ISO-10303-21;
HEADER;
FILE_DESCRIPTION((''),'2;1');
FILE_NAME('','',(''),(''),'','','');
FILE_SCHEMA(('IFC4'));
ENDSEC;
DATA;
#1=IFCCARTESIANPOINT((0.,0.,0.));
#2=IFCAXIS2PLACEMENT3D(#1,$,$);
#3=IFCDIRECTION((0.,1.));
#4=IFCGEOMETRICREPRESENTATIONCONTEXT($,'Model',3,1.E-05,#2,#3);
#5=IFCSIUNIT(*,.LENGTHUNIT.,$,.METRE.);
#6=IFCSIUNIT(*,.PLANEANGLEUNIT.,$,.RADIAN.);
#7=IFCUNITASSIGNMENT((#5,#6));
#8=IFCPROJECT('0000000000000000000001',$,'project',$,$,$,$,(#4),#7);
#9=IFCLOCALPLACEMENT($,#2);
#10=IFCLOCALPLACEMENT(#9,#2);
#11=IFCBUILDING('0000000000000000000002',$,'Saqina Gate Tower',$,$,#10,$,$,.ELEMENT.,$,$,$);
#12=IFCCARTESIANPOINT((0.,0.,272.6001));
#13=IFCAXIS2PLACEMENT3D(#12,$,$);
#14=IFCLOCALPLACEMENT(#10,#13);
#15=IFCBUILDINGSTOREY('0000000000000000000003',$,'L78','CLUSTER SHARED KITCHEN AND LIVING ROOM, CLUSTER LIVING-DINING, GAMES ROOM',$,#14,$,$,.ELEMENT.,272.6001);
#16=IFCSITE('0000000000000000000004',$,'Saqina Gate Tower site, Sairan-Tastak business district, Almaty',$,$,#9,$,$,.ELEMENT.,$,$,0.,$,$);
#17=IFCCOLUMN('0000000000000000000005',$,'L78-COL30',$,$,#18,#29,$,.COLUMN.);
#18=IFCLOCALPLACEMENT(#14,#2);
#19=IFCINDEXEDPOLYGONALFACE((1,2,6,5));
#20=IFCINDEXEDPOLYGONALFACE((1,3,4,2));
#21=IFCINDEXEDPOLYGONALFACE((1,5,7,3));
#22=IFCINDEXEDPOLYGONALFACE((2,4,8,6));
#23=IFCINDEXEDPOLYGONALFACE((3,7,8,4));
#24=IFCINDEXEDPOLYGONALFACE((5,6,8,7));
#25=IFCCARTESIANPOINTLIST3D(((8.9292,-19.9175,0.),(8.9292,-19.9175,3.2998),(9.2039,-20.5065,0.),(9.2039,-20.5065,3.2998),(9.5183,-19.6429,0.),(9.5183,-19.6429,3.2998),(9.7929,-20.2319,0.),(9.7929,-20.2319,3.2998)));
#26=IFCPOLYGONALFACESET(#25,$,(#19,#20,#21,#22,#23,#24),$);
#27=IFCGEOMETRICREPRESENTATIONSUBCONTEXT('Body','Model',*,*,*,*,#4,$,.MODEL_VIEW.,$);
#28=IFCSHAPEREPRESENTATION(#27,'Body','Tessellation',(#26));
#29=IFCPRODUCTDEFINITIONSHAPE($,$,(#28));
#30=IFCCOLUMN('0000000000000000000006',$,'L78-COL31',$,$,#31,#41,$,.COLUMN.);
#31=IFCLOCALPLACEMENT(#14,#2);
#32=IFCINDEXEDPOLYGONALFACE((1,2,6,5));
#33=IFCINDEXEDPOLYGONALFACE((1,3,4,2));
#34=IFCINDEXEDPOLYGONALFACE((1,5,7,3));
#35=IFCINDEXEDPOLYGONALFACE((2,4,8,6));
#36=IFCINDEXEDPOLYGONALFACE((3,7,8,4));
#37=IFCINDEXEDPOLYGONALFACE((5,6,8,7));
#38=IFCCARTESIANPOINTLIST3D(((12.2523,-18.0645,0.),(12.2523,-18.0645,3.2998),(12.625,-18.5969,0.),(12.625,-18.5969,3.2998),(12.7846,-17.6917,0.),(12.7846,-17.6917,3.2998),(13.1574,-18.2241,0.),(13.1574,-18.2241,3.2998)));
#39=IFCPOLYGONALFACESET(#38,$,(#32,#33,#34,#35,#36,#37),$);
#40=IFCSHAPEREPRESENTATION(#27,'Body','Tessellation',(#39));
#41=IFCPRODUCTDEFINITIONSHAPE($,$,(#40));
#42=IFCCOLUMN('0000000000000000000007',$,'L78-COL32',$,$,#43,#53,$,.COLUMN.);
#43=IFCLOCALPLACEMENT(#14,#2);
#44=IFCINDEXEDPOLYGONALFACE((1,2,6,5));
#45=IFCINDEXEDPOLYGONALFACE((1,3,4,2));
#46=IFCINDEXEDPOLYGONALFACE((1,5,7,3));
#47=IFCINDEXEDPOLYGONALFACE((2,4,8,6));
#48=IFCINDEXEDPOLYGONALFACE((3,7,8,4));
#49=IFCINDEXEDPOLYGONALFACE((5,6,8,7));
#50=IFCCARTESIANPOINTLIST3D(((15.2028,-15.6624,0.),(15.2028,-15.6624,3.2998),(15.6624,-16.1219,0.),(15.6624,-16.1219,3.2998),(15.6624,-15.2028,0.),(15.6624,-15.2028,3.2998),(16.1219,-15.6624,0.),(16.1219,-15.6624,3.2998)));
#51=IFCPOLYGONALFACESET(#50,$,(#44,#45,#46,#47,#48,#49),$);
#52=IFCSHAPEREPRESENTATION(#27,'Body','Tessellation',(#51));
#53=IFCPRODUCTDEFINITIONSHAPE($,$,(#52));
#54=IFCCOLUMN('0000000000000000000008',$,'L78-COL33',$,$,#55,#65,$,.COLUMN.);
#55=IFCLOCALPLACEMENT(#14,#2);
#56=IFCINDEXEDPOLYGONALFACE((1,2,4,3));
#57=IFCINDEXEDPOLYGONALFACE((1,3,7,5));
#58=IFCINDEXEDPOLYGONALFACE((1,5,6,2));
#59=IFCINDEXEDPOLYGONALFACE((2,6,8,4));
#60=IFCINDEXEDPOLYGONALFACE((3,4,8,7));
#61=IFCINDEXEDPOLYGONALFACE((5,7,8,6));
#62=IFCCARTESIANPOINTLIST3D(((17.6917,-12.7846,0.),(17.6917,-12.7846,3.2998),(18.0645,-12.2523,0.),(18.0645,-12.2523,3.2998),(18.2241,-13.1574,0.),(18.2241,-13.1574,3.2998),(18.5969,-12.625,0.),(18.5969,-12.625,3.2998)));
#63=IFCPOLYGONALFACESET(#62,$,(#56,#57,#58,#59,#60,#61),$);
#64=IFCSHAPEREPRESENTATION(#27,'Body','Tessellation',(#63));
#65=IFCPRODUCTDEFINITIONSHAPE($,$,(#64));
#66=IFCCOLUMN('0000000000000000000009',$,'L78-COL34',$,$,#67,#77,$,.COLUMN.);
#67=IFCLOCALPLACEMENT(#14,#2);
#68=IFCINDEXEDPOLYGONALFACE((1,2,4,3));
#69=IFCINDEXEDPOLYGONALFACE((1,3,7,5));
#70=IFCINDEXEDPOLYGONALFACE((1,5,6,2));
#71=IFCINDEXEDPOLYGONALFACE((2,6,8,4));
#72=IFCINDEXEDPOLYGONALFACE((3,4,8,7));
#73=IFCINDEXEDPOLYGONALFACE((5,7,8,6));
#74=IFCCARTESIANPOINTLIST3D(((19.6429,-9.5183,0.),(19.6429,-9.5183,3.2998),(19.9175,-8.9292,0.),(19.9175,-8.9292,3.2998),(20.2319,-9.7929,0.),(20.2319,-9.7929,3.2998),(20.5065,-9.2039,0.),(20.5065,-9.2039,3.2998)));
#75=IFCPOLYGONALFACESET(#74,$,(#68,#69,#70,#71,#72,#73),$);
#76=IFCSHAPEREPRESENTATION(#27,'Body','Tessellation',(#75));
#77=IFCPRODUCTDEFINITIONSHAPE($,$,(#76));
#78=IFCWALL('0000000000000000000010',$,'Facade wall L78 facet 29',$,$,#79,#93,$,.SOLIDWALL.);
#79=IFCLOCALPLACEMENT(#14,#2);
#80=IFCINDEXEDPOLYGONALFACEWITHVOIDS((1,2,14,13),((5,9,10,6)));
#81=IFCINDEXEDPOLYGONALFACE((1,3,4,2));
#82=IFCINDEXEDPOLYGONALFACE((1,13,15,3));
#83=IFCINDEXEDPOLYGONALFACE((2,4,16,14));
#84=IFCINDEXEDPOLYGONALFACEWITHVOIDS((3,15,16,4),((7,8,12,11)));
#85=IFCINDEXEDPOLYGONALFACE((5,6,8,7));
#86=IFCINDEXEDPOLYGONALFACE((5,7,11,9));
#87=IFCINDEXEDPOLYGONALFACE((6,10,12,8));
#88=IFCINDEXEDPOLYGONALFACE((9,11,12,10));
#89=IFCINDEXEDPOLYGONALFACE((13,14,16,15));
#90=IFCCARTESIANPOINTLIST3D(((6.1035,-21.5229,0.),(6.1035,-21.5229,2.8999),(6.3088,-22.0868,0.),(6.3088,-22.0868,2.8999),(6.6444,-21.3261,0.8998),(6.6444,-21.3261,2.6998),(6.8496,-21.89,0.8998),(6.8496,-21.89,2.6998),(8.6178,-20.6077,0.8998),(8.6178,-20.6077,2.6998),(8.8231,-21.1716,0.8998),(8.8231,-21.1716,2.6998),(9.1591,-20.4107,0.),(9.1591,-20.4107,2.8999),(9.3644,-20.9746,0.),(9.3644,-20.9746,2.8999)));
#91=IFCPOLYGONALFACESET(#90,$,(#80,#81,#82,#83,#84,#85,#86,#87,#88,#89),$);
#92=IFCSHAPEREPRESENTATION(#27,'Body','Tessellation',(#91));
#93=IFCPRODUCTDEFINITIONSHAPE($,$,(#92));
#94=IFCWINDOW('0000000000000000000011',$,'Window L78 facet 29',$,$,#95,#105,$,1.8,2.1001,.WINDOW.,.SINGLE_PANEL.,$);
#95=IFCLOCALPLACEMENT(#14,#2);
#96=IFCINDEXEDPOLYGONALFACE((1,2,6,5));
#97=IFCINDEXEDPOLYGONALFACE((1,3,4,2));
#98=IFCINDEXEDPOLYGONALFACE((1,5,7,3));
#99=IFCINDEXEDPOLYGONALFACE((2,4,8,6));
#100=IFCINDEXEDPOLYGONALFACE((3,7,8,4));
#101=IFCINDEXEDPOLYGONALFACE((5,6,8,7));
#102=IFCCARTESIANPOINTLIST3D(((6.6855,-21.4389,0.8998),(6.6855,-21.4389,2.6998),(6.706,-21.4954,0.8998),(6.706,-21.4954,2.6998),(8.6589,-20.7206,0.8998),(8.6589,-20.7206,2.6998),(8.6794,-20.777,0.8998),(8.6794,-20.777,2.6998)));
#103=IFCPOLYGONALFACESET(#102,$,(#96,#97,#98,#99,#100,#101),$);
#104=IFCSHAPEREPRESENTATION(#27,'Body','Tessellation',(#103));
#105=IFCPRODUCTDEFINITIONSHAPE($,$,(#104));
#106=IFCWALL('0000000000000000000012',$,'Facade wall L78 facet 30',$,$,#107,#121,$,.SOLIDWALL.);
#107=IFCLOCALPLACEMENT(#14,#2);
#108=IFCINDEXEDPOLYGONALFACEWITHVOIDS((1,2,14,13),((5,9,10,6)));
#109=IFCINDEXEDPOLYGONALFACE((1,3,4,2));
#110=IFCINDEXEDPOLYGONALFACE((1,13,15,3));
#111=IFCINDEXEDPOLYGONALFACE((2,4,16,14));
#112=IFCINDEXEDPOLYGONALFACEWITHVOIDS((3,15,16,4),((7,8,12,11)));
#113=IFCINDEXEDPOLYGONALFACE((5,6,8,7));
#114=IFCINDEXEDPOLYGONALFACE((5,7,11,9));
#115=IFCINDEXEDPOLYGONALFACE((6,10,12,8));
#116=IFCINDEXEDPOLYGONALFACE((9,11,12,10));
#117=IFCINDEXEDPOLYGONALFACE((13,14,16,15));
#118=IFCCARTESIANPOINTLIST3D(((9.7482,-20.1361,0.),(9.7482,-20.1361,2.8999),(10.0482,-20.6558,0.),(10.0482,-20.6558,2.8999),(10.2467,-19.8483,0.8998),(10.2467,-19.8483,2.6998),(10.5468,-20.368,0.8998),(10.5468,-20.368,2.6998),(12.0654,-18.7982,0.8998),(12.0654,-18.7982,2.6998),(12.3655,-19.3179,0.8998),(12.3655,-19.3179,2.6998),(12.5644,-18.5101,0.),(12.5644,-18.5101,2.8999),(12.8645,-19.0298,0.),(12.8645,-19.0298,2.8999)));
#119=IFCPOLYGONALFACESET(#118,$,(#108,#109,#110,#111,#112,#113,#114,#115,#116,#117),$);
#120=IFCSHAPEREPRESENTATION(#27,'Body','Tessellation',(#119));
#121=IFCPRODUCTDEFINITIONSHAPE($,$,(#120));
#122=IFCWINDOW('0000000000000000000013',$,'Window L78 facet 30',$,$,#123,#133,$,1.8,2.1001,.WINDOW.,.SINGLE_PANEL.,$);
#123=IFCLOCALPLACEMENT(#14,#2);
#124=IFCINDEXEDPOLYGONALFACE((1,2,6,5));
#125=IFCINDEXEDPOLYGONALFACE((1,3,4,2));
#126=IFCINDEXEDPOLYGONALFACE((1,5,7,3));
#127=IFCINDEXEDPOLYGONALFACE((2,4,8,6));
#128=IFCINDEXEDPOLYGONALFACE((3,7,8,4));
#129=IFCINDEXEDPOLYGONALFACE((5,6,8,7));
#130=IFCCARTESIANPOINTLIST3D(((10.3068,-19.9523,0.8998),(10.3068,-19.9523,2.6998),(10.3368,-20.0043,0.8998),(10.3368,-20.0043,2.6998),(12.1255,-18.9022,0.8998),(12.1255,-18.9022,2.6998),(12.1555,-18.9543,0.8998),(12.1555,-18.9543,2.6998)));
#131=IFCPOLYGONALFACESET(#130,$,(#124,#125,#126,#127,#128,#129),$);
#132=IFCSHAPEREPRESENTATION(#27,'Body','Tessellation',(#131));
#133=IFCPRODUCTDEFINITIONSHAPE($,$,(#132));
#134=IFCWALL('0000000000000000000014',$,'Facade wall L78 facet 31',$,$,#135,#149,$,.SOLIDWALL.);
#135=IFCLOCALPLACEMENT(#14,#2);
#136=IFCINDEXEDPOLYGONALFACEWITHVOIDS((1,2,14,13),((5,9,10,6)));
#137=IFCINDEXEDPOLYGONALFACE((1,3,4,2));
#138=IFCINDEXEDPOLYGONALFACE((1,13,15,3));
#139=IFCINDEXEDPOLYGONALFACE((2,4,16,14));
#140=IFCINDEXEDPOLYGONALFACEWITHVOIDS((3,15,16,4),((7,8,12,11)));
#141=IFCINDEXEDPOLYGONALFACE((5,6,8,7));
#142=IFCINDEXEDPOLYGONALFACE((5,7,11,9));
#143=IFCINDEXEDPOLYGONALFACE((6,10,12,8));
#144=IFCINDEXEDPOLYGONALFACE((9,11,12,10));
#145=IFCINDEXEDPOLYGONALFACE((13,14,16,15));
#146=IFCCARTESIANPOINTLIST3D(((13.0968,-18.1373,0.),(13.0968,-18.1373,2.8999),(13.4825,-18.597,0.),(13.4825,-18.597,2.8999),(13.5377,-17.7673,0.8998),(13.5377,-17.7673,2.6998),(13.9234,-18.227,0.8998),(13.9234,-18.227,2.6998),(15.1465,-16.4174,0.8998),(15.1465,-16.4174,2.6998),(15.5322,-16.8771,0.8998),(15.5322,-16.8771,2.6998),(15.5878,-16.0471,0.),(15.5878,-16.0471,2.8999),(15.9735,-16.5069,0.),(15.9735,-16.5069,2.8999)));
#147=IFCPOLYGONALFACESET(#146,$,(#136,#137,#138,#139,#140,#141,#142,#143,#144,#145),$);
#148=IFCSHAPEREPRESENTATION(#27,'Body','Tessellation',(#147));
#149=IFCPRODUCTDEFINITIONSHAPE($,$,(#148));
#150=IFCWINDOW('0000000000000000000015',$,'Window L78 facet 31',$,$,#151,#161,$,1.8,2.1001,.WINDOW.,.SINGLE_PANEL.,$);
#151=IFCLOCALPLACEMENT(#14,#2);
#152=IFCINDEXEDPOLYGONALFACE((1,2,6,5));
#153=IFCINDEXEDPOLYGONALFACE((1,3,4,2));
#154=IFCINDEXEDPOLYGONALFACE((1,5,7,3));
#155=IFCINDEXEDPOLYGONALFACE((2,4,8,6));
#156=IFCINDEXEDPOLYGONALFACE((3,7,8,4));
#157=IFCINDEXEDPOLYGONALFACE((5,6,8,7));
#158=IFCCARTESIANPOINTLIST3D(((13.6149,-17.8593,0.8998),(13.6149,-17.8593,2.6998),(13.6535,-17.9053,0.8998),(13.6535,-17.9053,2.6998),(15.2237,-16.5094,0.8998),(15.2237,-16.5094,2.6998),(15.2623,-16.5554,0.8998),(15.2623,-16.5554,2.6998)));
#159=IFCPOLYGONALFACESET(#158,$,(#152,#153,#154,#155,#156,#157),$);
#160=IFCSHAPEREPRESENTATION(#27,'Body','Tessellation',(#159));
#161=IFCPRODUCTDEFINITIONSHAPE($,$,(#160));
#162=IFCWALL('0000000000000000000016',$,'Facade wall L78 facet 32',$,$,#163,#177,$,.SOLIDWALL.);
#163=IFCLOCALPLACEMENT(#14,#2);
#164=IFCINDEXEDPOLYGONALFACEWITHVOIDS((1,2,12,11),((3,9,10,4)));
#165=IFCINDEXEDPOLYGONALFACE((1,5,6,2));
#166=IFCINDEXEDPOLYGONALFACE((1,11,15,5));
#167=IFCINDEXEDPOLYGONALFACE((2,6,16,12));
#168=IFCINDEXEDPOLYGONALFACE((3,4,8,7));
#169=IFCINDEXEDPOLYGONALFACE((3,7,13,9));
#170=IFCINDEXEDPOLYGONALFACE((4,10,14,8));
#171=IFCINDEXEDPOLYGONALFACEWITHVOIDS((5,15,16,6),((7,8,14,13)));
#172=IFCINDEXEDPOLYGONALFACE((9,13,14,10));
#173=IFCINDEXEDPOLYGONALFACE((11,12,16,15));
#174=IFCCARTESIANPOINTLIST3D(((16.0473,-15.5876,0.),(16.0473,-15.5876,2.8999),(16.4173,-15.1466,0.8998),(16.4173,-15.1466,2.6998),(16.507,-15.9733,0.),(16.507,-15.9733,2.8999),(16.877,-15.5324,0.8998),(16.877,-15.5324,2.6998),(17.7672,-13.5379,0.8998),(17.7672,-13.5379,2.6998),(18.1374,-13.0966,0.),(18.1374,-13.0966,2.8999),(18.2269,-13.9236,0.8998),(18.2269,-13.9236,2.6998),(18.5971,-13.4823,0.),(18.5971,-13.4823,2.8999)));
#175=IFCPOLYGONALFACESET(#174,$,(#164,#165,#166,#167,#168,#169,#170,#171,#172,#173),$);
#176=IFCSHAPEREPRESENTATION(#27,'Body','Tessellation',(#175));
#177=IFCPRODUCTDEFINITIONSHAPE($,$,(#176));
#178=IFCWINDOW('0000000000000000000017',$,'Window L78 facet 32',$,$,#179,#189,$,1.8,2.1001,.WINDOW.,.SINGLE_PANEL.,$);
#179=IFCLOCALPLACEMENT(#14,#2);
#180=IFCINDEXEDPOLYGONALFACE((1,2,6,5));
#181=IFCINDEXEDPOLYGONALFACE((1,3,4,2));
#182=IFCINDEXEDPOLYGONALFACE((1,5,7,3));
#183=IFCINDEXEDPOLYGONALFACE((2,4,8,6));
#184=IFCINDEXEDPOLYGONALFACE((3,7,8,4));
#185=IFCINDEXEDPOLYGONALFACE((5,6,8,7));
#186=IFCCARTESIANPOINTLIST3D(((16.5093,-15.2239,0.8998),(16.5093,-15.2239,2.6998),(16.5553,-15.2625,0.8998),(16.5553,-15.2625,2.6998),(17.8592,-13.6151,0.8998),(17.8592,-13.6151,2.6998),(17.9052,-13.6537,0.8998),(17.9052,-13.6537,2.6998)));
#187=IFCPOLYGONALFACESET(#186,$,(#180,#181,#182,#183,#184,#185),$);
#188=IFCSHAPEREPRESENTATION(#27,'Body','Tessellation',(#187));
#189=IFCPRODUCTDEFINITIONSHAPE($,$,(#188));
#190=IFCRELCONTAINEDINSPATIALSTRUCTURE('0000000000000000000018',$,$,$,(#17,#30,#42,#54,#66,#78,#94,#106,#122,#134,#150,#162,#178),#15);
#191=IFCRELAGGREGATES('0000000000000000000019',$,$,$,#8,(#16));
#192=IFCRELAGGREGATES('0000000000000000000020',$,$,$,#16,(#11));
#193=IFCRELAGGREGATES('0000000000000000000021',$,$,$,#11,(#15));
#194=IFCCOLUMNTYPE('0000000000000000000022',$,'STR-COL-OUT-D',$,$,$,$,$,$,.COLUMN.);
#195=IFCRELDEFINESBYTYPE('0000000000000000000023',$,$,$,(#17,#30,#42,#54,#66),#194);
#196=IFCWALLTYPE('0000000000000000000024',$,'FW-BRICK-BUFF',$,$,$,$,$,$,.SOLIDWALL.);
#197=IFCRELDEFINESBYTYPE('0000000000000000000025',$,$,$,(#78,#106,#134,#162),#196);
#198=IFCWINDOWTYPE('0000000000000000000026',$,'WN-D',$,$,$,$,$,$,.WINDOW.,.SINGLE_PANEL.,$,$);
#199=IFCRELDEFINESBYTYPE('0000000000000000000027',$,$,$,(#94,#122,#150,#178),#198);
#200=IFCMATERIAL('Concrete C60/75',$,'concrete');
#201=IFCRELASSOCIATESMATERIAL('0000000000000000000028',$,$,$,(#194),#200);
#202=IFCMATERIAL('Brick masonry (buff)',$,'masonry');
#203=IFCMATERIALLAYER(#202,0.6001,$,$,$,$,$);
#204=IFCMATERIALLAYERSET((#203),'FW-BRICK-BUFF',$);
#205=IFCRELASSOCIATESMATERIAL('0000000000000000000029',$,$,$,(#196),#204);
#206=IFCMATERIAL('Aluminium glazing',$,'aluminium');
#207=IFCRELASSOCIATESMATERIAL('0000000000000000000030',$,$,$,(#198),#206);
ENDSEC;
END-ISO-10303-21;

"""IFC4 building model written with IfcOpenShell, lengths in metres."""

from ifc_helpers import new_model, si_unit, direction, frame, frame_2d, origin, origin_2d, place, context, subcontext, project, spatial, rectangle, extrude, material, layer, layer_set, material_profile, profile_set, type_object, element, fill, save


model = new_model("IFC4")

# Units and contexts
model_context = context("Model", 3, precision=1e-05, world=origin(), true_north=direction((0.0, 1.0)))
body_context = subcontext(model_context, "Body", "Model", "MODEL_VIEW")
ifc_project = project(units=[si_unit("LENGTHUNIT", "METRE"), si_unit("PLANEANGLEUNIT", "RADIAN")], contexts=[model_context])

# Site, building, storey
site_placement = place(None, origin())
site = spatial("IfcSite", under=ifc_project, at=site_placement, Name="Saqina Gate Tower site, Sairan-Tastak business district, Almaty", CompositionType="ELEMENT", RefElevation=0.0)
building_placement = place(site_placement, origin())
building = spatial("IfcBuilding", under=site, at=building_placement, Name="Saqina Gate Tower", CompositionType="ELEMENT")
storey_placement = place(building_placement, frame((0.0, 0.0, 272.6001)))
storey = spatial("IfcBuildingStorey", under=building, at=storey_placement, Name="L78", Description="CLUSTER SHARED KITCHEN AND LIVING ROOM, CLUSTER LIVING-DINING, GAMES ROOM", CompositionType="ELEMENT", Elevation=272.6001)

# Columns
ifc_material_1 = material(Name="Concrete C60/75", Category="concrete")
ifc_material_profile = material_profile(ifc_material_1, rectangle(XDim=0.6499, YDim=0.6499, at=origin_2d()), Name="RC 650x650")
ifc_profile_set = profile_set([ifc_material_profile], Name="Concrete C60/75")
column_type = type_object("IfcColumnType", Name="STR-COL-OUT-D", PredefinedType="COLUMN", material=ifc_profile_set)
for number, where, z_axis, x_axis, name in (
    (1, (9.3611, -20.0747, 0.0), (0.0, 0.0, 1.0), (0.422618, -0.906308, 0.0), "L78-COL30"),
    (2, (12.7048, -18.1443, 0.0), (0.0, 0.0, 1.0), (0.573576, -0.819152, 0.0), "L78-COL31"),
    (3, (15.6624, -15.6624, 0.0), (0.0, 0.0, 1.0), (0.707107, -0.707107, 0.0), "L78-COL32"),
    (4, (18.1443, -12.7048, 0.0), (0.0, 0.0, 1.0), (0.819152, -0.573576, 0.0), "L78-COL33"),
    (5, (20.0747, -9.3611, 0.0), (0.0, 0.0, 1.0), (0.906308, -0.422618, 0.0), "L78-COL34"),
):
    element("IfcColumn", number, at=place(storey_placement, frame(where, z_axis=z_axis, x_axis=x_axis)), inside=storey, type_object=column_type, Name=name, PredefinedType="COLUMN", context=body_context, shape_type="SweptSolid", body=[
        extrude(rectangle(XDim=0.6499, YDim=0.6499, at=origin_2d()), origin(), (0.0, 0.0, 1.0), 3.2998),
    ])

# Walls, openings, windows
ifc_material_2 = material(Name="Brick masonry (buff)", Category="masonry")
ifc_layer_1 = layer(ifc_material_2, 0.6001)
ifc_layer_set_1 = layer_set([ifc_layer_1], Name="FW-BRICK-BUFF")
wall_type_1 = type_object("IfcWallType", Name="FW-BRICK-BUFF", PredefinedType="SOLIDWALL", material=ifc_layer_set_1)
wall_1_placement = place(storey_placement, frame((6.2061, -21.8049, 0.0), z_axis=(0.0, 0.0, 1.0), x_axis=(0.939679, 0.342057, 0.0)))
wall_1 = element("IfcWall", 6, at=wall_1_placement, inside=storey, type_object=wall_type_1, Name="Facade wall L78 facet 29", PredefinedType="SOLIDWALL", context=body_context, shape_type="SweptSolid", body=[
    extrude(rectangle(XDim=3.2517, YDim=0.6001, at=frame_2d((1.626, 0.0))), origin(), (0.0, 0.0, 1.0), 2.8999),
])
opening_1_placement = place(wall_1_placement, frame((0.5757, 0.0, 0.8999)))
opening_1 = element("IfcOpeningElement", 7, at=opening_1_placement, cuts=wall_1, PredefinedType="OPENING", context=body_context, shape_type="SweptSolid", body=[
    extrude(rectangle(XDim=2.1001, YDim=1.8, at=frame_2d((1.05, 0.8999))), frame((0.0, 0.312, 0.0), z_axis=(0.0, -1.0, 0.0), x_axis=(1.0, 0.0, 0.0)), (0.0, 0.0, 1.0), 0.624),
])
ifc_material_3 = material(Name="Aluminium glazing", Category="aluminium")
window_type = type_object("IfcWindowType", Name="WN-D", PartitioningType="SINGLE_PANEL", PredefinedType="WINDOW", material=ifc_material_3)
window_1_placement = place(opening_1_placement, origin())
window_1 = element("IfcWindow", 8, at=window_1_placement, inside=storey, type_object=window_type, Name="Window L78 facet 29", OverallHeight=1.8, OverallWidth=2.1001, PartitioningType="SINGLE_PANEL", PredefinedType="WINDOW", context=body_context, shape_type="SweptSolid", body=[
    extrude(rectangle(XDim=2.1001, YDim=1.8, at=frame_2d((1.05, 0.8999))), frame((0.0, 0.1799, 0.0), z_axis=(0.0, -1.0, 0.0), x_axis=(1.0, 0.0, 0.0)), (0.0, 0.0, 1.0), 0.0601),
])
fill(opening_1, window_1)
wall_2_placement = place(storey_placement, frame((9.8982, -20.396, 0.0), z_axis=(0.0, 0.0, 1.0), x_axis=(0.866017, 0.500015, 0.0)))
wall_2 = element("IfcWall", 9, at=wall_2_placement, inside=storey, type_object=wall_type_1, Name="Facade wall L78 facet 30", PredefinedType="SOLIDWALL", context=body_context, shape_type="SweptSolid", body=[
    extrude(rectangle(XDim=3.252, YDim=0.6001, at=frame_2d((1.626, 0.0))), origin(), (0.0, 0.0, 1.0), 2.8999),
])
opening_2_placement = place(wall_2_placement, frame((0.5757, 0.0, 0.8999)))
opening_2 = element("IfcOpeningElement", 10, at=opening_2_placement, cuts=wall_2, PredefinedType="OPENING", context=body_context, shape_type="SweptSolid", body=[
    extrude(rectangle(XDim=2.1001, YDim=1.8, at=frame_2d((1.05, 0.8999))), frame((0.0, 0.312, 0.0), z_axis=(0.0, -1.0, 0.0), x_axis=(1.0, 0.0, 0.0)), (0.0, 0.0, 1.0), 0.624),
])
window_2_placement = place(opening_2_placement, origin())
window_2 = element("IfcWindow", 11, at=window_2_placement, inside=storey, type_object=window_type, Name="Window L78 facet 30", OverallHeight=1.8, OverallWidth=2.1001, PartitioningType="SINGLE_PANEL", PredefinedType="WINDOW", context=body_context, shape_type="SweptSolid", body=[
    extrude(rectangle(XDim=2.1001, YDim=1.8, at=frame_2d((1.05, 0.8999))), frame((0.0, 0.1799, 0.0), z_axis=(0.0, -1.0, 0.0), x_axis=(1.0, 0.0, 0.0)), (0.0, 0.0, 1.0), 0.0601),
])
fill(opening_2, window_2)
wall_3_placement = place(storey_placement, frame((13.2896, -18.3672, 0.0), z_axis=(0.0, 0.0, 1.0), x_axis=(0.766057, 0.642773, 0.0)))
wall_3 = element("IfcWall", 12, at=wall_3_placement, inside=storey, type_object=wall_type_1, Name="Facade wall L78 facet 31", PredefinedType="SOLIDWALL", context=body_context, shape_type="SweptSolid", body=[
    extrude(rectangle(XDim=3.2517, YDim=0.6001, at=frame_2d((1.626, 0.0))), origin(), (0.0, 0.0, 1.0), 2.8999),
])
opening_3_placement = place(wall_3_placement, frame((0.5757, 0.0, 0.8999)))
opening_3 = element("IfcOpeningElement", 13, at=opening_3_placement, cuts=wall_3, PredefinedType="OPENING", context=body_context, shape_type="SweptSolid", body=[
    extrude(rectangle(XDim=2.1001, YDim=1.8, at=frame_2d((1.05, 0.8999))), frame((0.0, 0.312, 0.0), z_axis=(0.0, -1.0, 0.0), x_axis=(1.0, 0.0, 0.0)), (0.0, 0.0, 1.0), 0.624),
])
window_3_placement = place(opening_3_placement, origin())
window_3 = element("IfcWindow", 14, at=window_3_placement, inside=storey, type_object=window_type, Name="Window L78 facet 31", OverallHeight=1.8, OverallWidth=2.1001, PartitioningType="SINGLE_PANEL", PredefinedType="WINDOW", context=body_context, shape_type="SweptSolid", body=[
    extrude(rectangle(XDim=2.1001, YDim=1.8, at=frame_2d((1.05, 0.8999))), frame((0.0, 0.1799, 0.0), z_axis=(0.0, -1.0, 0.0), x_axis=(1.0, 0.0, 0.0)), (0.0, 0.0, 1.0), 0.0601),
])
fill(opening_3, window_3)
wall_4_placement = place(storey_placement, frame((16.2771, -15.7805, 0.0), z_axis=(0.0, 0.0, 1.0), x_axis=(0.642773, 0.766057, 0.0)))
wall_4 = element("IfcWall", 15, at=wall_4_placement, inside=storey, type_object=wall_type_1, Name="Facade wall L78 facet 32", PredefinedType="SOLIDWALL", context=body_context, shape_type="SweptSolid", body=[
    extrude(rectangle(XDim=3.2517, YDim=0.6001, at=frame_2d((1.626, 0.0))), origin(), (0.0, 0.0, 1.0), 2.8999),
])
opening_4_placement = place(wall_4_placement, frame((0.5757, 0.0, 0.8999)))
opening_4 = element("IfcOpeningElement", 16, at=opening_4_placement, cuts=wall_4, PredefinedType="OPENING", context=body_context, shape_type="SweptSolid", body=[
    extrude(rectangle(XDim=2.1001, YDim=1.8, at=frame_2d((1.05, 0.8999))), frame((0.0, 0.312, 0.0), z_axis=(0.0, -1.0, 0.0), x_axis=(1.0, 0.0, 0.0)), (0.0, 0.0, 1.0), 0.624),
])
window_4_placement = place(opening_4_placement, origin())
window_4 = element("IfcWindow", 17, at=window_4_placement, inside=storey, type_object=window_type, Name="Window L78 facet 32", OverallHeight=1.8, OverallWidth=2.1001, PartitioningType="SINGLE_PANEL", PredefinedType="WINDOW", context=body_context, shape_type="SweptSolid", body=[
    extrude(rectangle(XDim=2.1001, YDim=1.8, at=frame_2d((1.05, 0.8999))), frame((0.0, 0.1799, 0.0), z_axis=(0.0, -1.0, 0.0), x_axis=(1.0, 0.0, 0.0)), (0.0, 0.0, 1.0), 0.0601),
])
fill(opening_4, window_4)

save(model, "model.ifc")
